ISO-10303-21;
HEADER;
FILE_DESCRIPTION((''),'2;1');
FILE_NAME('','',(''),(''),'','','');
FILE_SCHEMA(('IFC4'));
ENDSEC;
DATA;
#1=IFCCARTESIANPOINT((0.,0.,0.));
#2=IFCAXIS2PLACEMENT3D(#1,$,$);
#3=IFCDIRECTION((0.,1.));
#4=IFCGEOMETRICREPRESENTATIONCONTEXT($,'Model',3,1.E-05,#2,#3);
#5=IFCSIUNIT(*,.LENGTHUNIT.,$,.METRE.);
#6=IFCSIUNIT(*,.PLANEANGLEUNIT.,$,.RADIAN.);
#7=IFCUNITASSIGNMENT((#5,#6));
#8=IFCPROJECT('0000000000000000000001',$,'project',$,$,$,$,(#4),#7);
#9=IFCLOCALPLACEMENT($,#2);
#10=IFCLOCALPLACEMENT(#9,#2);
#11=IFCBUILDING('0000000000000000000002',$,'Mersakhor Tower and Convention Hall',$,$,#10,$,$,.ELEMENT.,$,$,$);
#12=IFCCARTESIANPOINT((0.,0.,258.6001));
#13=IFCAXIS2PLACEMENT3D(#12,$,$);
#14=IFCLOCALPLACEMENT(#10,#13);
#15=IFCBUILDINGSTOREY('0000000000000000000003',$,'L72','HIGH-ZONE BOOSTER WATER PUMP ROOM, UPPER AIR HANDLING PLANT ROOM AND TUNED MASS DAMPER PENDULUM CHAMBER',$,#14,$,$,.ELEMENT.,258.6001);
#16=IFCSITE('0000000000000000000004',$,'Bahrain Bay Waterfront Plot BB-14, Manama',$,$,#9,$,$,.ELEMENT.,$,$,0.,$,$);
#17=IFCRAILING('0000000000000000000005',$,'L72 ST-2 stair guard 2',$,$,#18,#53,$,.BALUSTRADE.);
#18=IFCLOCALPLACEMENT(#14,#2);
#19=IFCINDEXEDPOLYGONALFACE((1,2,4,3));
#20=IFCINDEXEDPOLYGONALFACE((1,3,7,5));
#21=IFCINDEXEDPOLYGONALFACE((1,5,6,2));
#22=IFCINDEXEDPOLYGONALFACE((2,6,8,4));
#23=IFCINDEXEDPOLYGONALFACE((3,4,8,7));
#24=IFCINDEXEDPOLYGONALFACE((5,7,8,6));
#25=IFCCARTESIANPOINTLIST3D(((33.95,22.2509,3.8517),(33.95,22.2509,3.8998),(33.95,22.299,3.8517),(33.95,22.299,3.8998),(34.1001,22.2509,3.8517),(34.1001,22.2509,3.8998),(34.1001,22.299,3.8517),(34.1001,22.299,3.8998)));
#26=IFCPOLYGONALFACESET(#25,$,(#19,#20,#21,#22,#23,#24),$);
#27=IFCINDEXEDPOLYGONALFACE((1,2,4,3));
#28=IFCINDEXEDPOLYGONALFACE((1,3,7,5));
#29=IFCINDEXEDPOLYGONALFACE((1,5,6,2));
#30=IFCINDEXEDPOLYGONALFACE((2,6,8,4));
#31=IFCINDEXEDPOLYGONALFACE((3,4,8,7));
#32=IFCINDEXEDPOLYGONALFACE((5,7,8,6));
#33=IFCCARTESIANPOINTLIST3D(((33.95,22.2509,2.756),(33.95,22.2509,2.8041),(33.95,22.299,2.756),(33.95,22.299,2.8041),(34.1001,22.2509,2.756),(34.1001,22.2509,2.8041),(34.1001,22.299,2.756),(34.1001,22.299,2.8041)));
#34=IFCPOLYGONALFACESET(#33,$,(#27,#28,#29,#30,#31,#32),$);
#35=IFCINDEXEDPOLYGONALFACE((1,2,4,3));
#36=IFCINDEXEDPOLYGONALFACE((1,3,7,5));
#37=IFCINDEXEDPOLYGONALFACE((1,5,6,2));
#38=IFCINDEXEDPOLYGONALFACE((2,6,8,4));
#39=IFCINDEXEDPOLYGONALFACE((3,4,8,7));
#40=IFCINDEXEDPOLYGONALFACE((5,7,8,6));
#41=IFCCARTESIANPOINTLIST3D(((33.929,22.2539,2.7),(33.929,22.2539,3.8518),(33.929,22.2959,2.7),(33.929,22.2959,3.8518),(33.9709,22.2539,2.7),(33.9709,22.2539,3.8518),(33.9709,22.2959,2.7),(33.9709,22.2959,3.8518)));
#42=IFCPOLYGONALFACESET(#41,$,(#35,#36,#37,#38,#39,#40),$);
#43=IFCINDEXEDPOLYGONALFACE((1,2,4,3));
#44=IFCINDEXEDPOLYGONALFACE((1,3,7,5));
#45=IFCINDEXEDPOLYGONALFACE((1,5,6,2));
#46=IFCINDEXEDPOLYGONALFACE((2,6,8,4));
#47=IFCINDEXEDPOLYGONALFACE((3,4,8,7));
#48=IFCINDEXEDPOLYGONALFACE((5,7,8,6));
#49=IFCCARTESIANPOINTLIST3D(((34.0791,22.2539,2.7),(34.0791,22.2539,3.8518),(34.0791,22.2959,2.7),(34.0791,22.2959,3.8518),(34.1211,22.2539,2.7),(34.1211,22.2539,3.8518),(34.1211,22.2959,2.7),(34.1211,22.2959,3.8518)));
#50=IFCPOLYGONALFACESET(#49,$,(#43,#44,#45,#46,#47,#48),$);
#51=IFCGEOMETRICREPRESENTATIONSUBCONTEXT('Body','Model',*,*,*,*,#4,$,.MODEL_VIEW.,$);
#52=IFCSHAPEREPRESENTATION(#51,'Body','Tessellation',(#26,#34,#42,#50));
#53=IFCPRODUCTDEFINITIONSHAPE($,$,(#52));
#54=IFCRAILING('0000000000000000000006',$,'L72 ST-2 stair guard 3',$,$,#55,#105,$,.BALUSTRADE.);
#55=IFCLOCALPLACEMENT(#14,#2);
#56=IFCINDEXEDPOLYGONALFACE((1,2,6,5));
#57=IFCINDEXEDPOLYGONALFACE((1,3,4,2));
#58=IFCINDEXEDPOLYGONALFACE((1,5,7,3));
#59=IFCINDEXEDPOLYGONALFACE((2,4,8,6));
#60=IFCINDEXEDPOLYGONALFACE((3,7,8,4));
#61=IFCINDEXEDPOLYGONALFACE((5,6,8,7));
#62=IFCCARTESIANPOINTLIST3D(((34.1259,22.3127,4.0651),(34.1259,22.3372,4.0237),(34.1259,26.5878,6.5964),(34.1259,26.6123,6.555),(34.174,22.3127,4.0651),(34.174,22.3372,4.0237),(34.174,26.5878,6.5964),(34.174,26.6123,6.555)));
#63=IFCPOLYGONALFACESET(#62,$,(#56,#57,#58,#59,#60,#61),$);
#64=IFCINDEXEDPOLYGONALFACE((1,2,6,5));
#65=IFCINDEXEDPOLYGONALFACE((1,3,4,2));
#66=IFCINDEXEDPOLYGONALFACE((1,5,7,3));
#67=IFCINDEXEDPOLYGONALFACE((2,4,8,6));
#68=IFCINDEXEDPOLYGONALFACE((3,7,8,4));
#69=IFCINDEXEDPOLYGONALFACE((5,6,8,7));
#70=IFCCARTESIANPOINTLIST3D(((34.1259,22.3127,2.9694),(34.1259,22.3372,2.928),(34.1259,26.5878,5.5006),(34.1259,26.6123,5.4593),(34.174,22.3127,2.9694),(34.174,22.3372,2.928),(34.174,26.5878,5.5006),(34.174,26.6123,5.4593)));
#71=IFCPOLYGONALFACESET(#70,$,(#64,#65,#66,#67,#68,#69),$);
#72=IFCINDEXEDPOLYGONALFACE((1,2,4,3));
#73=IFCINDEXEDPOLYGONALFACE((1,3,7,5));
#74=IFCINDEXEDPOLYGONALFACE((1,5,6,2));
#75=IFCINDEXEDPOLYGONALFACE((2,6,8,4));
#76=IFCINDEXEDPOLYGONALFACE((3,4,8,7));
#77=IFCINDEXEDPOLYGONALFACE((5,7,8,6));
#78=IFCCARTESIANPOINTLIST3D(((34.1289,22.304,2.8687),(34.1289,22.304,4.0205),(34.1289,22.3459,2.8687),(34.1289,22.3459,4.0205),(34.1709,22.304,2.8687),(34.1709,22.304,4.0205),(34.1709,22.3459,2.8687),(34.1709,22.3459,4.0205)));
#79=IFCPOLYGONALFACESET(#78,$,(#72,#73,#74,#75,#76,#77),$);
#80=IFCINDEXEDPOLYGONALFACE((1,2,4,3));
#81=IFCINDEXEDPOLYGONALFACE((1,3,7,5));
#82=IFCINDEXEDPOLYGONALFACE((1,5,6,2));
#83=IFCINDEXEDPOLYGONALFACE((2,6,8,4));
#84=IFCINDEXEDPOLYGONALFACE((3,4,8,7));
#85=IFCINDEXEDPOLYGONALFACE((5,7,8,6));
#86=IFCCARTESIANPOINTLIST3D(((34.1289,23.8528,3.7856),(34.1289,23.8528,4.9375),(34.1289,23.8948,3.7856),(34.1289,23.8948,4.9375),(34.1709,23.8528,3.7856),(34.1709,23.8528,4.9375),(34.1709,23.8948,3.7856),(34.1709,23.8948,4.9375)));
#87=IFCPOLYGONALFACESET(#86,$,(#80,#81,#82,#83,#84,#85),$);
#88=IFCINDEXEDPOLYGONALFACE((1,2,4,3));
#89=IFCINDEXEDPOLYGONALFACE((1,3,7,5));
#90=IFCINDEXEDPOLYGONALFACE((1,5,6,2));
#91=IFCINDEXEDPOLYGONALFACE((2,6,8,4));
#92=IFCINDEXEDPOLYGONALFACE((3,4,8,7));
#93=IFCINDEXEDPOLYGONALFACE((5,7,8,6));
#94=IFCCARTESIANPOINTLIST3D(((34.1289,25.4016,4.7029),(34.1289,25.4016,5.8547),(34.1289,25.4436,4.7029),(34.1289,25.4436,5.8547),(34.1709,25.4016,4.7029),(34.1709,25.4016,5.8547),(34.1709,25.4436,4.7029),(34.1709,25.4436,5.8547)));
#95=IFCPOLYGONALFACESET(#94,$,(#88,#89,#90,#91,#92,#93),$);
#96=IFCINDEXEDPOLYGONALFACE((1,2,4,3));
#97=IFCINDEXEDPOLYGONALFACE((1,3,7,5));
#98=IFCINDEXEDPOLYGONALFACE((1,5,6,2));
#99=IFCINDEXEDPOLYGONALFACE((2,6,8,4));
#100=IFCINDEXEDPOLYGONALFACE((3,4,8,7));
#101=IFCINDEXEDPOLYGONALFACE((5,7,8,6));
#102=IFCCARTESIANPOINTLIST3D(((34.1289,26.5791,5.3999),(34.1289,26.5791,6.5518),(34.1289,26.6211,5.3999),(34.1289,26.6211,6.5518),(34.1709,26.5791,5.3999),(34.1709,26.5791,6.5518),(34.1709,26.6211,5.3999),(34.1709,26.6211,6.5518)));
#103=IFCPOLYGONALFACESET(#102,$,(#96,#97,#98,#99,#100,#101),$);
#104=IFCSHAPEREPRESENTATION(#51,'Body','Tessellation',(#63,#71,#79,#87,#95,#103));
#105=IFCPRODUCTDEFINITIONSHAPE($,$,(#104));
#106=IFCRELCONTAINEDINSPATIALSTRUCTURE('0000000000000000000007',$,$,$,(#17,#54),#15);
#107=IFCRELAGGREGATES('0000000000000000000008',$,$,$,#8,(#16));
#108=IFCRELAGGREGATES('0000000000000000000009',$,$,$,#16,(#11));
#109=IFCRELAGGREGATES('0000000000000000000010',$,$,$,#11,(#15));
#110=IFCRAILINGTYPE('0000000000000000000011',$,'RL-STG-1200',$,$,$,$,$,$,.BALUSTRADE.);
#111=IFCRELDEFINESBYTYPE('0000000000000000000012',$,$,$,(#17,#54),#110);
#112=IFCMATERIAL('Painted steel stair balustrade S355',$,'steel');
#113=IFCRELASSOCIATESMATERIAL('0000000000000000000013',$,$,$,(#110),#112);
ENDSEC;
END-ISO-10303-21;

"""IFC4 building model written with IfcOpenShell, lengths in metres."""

from ifc_helpers import new_model, si_unit, direction, frame, origin, origin_2d, place, context, subcontext, project, spatial, rectangle, extrude, material, type_object, element, save


model = new_model("IFC4")

# Units and contexts
model_context = context("Model", 3, precision=1e-05, world=origin(), true_north=direction((0.0, 1.0)))
body_context = subcontext(model_context, "Body", "Model", "MODEL_VIEW")
ifc_project = project(units=[si_unit("LENGTHUNIT", "METRE"), si_unit("PLANEANGLEUNIT", "RADIAN")], contexts=[model_context])

# Site, building, storey
site_placement = place(None, origin())
site = spatial("IfcSite", under=ifc_project, at=site_placement, Name="Bahrain Bay Waterfront Plot BB-14, Manama", CompositionType="ELEMENT", RefElevation=0.0)
building_placement = place(site_placement, origin())
building = spatial("IfcBuilding", under=site, at=building_placement, Name="Mersakhor Tower and Convention Hall", CompositionType="ELEMENT")
storey_placement = place(building_placement, frame((0.0, 0.0, 258.6001)))
storey = spatial("IfcBuildingStorey", under=building, at=storey_placement, Name="L72", Description="HIGH-ZONE BOOSTER WATER PUMP ROOM, UPPER AIR HANDLING PLANT ROOM AND TUNED MASS DAMPER PENDULUM CHAMBER", CompositionType="ELEMENT", Elevation=258.6001)

# Railings
ifc_material_1 = material(Name="Painted steel stair balustrade S355", Category="steel")
railing_type_1 = type_object("IfcRailingType", Name="RL-STG-1200", PredefinedType="BALUSTRADE", material=ifc_material_1)
railing_1_placement = place(storey_placement, frame((33.95, 22.2749, 2.7)))
element("IfcRailing", 1, at=railing_1_placement, inside=storey, type_object=railing_type_1, Name="L72 ST-2 stair guard 2", PredefinedType="BALUSTRADE", context=body_context, shape_type="SweptSolid", body=[
    extrude(rectangle(XDim=0.0481, YDim=0.0481, at=origin_2d()), frame((0.0, 0.0, 1.1758), z_axis=(1.0, 0.0, 0.0), x_axis=(0.0, 1.0, 0.0)), (0.0, 0.0, 1.0), 0.1501),
    extrude(rectangle(XDim=0.0481, YDim=0.0481, at=origin_2d()), frame((0.0, 0.0, 0.0801), z_axis=(1.0, 0.0, 0.0), x_axis=(0.0, 1.0, 0.0)), (0.0, 0.0, 1.0), 0.1501),
    extrude(rectangle(XDim=0.042, YDim=0.042, at=origin_2d()), origin(), (0.0, 0.0, 1.0), 1.1519),
    extrude(rectangle(XDim=0.042, YDim=0.042, at=origin_2d()), frame((0.1501, 0.0, 0.0)), (0.0, 0.0, 1.0), 1.1519),
])
railing_2_placement = place(storey_placement, frame((34.1499, 22.325, 2.8687)))
element("IfcRailing", 2, at=railing_2_placement, inside=storey, type_object=railing_type_1, Name="L72 ST-2 stair guard 3", PredefinedType="BALUSTRADE", context=body_context, shape_type="SweptSolid", body=[
    extrude(rectangle(XDim=0.0481, YDim=0.0481, at=origin_2d()), frame((0.0, 0.0, 1.1758), z_axis=(0.0, 0.860483, 0.509479), x_axis=(-1.0, 0.0, 0.0)), (0.0, 0.0, 1.0), 4.9683),
    extrude(rectangle(XDim=0.0481, YDim=0.0481, at=origin_2d()), frame((0.0, 0.0, 0.0801), z_axis=(0.0, 0.860483, 0.509479), x_axis=(-1.0, 0.0, 0.0)), (0.0, 0.0, 1.0), 4.9683),
    extrude(rectangle(XDim=0.042, YDim=0.042, at=origin_2d()), origin(), (0.0, 0.0, 1.0), 1.1519),
    extrude(rectangle(XDim=0.042, YDim=0.042, at=origin_2d()), frame((0.0, 1.5488, 0.917)), (0.0, 0.0, 1.0), 1.1519),
    extrude(rectangle(XDim=0.042, YDim=0.042, at=origin_2d()), frame((0.0, 3.0977, 1.8342)), (0.0, 0.0, 1.0), 1.1519),
    extrude(rectangle(XDim=0.042, YDim=0.042, at=origin_2d()), frame((0.0, 4.2751, 2.5312)), (0.0, 0.0, 1.0), 1.1519),
])

save(model, "model.ifc")
